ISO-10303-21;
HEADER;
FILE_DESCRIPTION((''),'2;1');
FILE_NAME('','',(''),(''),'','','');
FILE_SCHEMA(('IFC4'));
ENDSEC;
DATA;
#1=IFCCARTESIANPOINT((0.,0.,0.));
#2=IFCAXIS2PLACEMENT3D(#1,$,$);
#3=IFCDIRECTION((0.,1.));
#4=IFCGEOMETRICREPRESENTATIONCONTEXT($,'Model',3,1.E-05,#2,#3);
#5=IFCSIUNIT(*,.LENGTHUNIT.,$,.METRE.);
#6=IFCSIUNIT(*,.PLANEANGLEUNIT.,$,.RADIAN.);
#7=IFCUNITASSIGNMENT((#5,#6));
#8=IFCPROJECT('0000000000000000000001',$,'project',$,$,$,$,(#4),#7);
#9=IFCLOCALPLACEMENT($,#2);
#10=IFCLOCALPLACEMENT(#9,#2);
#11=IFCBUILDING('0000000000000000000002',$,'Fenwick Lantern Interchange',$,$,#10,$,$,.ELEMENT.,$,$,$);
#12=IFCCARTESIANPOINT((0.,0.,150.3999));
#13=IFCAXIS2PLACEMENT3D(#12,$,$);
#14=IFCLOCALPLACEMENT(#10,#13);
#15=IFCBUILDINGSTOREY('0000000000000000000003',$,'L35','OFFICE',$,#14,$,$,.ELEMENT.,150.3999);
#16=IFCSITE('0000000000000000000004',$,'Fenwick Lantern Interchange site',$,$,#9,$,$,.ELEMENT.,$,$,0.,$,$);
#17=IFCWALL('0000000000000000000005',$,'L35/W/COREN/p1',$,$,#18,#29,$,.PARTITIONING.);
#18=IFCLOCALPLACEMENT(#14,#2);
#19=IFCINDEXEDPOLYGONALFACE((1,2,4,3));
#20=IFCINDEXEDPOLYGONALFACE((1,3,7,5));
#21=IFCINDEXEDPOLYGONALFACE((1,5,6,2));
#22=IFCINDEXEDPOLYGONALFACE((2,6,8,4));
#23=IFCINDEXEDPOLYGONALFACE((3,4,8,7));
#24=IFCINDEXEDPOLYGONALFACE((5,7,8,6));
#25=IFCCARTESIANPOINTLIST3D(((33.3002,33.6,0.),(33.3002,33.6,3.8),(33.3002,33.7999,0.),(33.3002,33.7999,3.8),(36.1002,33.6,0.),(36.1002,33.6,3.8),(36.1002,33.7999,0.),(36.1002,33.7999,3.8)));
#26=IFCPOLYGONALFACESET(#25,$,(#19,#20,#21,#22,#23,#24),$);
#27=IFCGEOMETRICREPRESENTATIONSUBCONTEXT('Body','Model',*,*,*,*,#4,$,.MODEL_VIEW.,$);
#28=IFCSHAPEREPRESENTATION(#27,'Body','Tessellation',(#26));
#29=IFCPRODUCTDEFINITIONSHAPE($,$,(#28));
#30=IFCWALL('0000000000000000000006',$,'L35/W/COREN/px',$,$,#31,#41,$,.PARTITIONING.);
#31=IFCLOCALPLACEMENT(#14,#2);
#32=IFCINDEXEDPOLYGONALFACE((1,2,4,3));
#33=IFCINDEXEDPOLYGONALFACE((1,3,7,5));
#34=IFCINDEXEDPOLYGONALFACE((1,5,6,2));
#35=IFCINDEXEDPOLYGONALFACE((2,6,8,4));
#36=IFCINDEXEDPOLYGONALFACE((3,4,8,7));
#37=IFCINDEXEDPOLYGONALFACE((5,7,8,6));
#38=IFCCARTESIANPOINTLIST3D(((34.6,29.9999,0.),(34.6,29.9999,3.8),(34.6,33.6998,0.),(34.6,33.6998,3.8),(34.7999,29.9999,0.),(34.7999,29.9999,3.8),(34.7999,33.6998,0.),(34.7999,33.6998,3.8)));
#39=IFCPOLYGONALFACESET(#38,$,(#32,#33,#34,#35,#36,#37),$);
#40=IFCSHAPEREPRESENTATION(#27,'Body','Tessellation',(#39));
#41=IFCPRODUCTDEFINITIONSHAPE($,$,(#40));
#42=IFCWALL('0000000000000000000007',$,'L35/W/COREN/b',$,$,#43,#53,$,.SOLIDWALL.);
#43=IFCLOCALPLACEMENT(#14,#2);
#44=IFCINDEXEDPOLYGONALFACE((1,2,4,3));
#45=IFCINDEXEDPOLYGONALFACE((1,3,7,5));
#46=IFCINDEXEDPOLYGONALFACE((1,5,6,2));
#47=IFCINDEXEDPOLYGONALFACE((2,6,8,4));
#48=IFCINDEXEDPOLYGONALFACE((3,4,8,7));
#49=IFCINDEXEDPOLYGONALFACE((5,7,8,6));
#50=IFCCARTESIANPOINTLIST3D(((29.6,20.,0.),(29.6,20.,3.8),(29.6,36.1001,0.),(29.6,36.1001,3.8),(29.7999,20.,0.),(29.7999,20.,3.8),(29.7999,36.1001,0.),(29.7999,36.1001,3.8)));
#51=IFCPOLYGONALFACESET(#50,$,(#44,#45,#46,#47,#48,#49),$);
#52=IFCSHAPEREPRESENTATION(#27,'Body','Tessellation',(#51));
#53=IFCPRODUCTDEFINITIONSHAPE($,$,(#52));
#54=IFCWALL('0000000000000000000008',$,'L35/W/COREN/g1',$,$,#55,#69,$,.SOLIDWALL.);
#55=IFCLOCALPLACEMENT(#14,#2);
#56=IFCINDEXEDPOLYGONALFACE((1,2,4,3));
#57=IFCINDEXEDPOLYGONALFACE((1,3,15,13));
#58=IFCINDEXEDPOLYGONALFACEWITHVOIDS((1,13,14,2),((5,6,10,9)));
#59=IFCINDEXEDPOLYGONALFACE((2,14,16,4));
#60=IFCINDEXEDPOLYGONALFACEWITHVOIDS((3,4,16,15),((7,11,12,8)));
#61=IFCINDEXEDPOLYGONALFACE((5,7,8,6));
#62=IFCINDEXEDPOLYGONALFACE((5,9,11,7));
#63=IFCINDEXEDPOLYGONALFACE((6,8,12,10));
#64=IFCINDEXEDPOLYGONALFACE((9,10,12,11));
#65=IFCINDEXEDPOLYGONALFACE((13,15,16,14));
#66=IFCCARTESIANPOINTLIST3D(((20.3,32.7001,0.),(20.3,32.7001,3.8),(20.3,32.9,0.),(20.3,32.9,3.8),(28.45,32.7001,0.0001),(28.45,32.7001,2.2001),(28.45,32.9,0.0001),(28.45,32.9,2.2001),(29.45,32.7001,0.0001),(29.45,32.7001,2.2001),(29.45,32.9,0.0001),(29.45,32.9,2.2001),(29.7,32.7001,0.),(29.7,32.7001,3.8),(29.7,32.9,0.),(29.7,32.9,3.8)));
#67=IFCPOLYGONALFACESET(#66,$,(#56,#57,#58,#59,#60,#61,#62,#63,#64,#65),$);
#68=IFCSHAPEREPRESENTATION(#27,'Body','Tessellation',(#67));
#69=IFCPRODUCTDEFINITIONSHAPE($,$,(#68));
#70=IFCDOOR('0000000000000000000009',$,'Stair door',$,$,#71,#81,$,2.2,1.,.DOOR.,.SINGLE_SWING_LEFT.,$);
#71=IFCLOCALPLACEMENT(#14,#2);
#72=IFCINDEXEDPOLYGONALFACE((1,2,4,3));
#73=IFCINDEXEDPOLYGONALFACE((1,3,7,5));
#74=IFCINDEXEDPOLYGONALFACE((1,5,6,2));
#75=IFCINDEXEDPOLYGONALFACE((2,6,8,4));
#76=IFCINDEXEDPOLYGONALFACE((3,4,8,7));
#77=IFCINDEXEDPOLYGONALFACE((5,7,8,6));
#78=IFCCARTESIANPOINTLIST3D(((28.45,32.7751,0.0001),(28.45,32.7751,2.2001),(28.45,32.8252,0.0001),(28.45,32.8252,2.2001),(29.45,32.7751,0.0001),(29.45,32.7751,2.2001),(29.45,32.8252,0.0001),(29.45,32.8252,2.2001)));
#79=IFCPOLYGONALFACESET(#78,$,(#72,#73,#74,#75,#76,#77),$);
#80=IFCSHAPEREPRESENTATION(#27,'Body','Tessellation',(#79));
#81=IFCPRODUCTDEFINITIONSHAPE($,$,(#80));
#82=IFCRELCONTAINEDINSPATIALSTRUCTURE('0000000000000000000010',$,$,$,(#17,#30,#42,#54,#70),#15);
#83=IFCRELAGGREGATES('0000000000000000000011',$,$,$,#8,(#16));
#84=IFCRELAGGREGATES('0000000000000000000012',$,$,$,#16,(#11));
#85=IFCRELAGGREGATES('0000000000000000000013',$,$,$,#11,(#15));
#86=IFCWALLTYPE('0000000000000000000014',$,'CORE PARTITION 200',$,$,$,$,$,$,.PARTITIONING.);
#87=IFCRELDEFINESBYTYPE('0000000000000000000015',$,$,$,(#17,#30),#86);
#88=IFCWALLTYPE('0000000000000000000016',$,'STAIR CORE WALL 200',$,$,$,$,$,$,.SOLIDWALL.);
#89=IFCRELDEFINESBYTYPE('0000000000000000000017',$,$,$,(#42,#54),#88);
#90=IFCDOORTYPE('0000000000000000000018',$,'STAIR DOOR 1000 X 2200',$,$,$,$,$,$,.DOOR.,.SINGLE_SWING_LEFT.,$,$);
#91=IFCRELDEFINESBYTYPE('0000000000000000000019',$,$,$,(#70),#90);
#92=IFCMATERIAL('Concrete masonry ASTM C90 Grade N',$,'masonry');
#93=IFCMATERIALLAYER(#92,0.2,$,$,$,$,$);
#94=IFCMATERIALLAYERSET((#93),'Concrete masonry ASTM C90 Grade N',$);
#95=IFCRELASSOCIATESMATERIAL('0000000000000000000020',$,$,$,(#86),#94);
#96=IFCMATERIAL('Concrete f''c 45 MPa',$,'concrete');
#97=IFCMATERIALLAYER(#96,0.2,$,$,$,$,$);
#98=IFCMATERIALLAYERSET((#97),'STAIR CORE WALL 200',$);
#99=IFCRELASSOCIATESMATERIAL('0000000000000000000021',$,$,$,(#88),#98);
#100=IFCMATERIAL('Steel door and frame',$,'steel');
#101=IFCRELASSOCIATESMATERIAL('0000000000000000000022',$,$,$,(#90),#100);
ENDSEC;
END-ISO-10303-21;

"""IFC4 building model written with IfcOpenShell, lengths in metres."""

from ifc_helpers import new_model, si_unit, direction, frame, frame_2d, origin, place, context, subcontext, project, spatial, rectangle, extrude, material, layer, layer_set, type_object, element, fill, save


model = new_model("IFC4")

# Units and contexts
model_context = context("Model", 3, precision=1e-05, world=origin(), true_north=direction((0.0, 1.0)))
body_context = subcontext(model_context, "Body", "Model", "MODEL_VIEW")
ifc_project = project(units=[si_unit("LENGTHUNIT", "METRE"), si_unit("PLANEANGLEUNIT", "RADIAN")], contexts=[model_context])

# Site, building, storey
site_placement = place(None, origin())
site = spatial("IfcSite", under=ifc_project, at=site_placement, Name="Fenwick Lantern Interchange site", CompositionType="ELEMENT", RefElevation=0.0)
building_placement = place(site_placement, origin())
building = spatial("IfcBuilding", under=site, at=building_placement, Name="Fenwick Lantern Interchange", CompositionType="ELEMENT")
storey_placement = place(building_placement, frame((0.0, 0.0, 150.3999)))
storey = spatial("IfcBuildingStorey", under=building, at=storey_placement, Name="L35", Description="OFFICE", CompositionType="ELEMENT", Elevation=150.3999)

# Shared definitions
ifc_material_1 = material(Name="Concrete masonry ASTM C90 Grade N", Category="masonry")
ifc_layer_1 = layer(ifc_material_1, 0.2)
ifc_layer_set_1 = layer_set([ifc_layer_1], Name="Concrete masonry ASTM C90 Grade N")
wall_type_1 = type_object("IfcWallType", Name="CORE PARTITION 200", PredefinedType="PARTITIONING", material=ifc_layer_set_1)
ifc_material_2 = material(Name="Steel door and frame", Category="steel")

# Walls
for number, where, z_axis, x_axis, name in (
    (1, (36.1001, 33.7, 0.0), (0.0, 0.0, 1.0), (-1.0, 0.0, 0.0), "L35/W/COREN/p1"),
):
    element("IfcWall", number, at=place(storey_placement, frame(where, z_axis=z_axis, x_axis=x_axis)), inside=storey, type_object=wall_type_1, Name=name, PredefinedType="PARTITIONING", context=body_context, shape_type="SweptSolid", body=[
        extrude(rectangle(XDim=2.8, YDim=0.2, at=frame_2d((1.3999, 0.0))), origin(), (0.0, 0.0, 1.0), 3.8),
    ])
wall_1_placement = place(storey_placement, frame((34.7, 33.7, 0.0), z_axis=(0.0, 0.0, 1.0), x_axis=(0.0, -1.0, 0.0)))
element("IfcWall", 2, at=wall_1_placement, inside=storey, type_object=wall_type_1, Name="L35/W/COREN/px", PredefinedType="PARTITIONING", context=body_context, shape_type="SweptSolid", body=[
    extrude(rectangle(XDim=3.7, YDim=0.2, at=frame_2d((1.8501, 0.0))), origin(), (0.0, 0.0, 1.0), 3.8),
])

# Wall
ifc_material_3 = material(Name="Concrete f'c 45 MPa", Category="concrete")
ifc_layer_2 = layer(ifc_material_3, 0.2)
ifc_layer_set_2 = layer_set([ifc_layer_2], Name="STAIR CORE WALL 200")
wall_type_2 = type_object("IfcWallType", Name="STAIR CORE WALL 200", PredefinedType="SOLIDWALL", material=ifc_layer_set_2)
wall_2_placement = place(storey_placement, frame((29.7, 36.1001, 0.0), z_axis=(0.0, 0.0, 1.0), x_axis=(0.0, -1.0, 0.0)))
element("IfcWall", 3, at=wall_2_placement, inside=storey, type_object=wall_type_2, Name="L35/W/COREN/b", PredefinedType="SOLIDWALL", context=body_context, shape_type="SweptSolid", body=[
    extrude(rectangle(XDim=16.1001, YDim=0.2, at=frame_2d((8.05, 0.0))), origin(), (0.0, 0.0, 1.0), 3.8),
])

# Wall, opening, door
wall_3_placement = place(storey_placement, frame((29.7, 32.8, 0.0), z_axis=(0.0, 0.0, 1.0), x_axis=(-1.0, 0.0, 0.0)))
wall_3 = element("IfcWall", 4, at=wall_3_placement, inside=storey, type_object=wall_type_2, Name="L35/W/COREN/g1", PredefinedType="SOLIDWALL", context=body_context, shape_type="SweptSolid", body=[
    extrude(rectangle(XDim=9.3999, YDim=0.2, at=frame_2d((4.7, 0.0))), origin(), (0.0, 0.0, 1.0), 3.8),
])
opening_1_placement = place(wall_3_placement, frame((0.25, 0.0, 0.0)))
opening_1 = element("IfcOpeningElement", 5, at=opening_1_placement, cuts=wall_3, PredefinedType="OPENING", context=body_context, shape_type="SweptSolid", body=[
    extrude(rectangle(XDim=1.0, YDim=2.2, at=frame_2d((0.5, 1.1001))), frame((0.0, 0.1099, 0.0), z_axis=(0.0, -1.0, 0.0), x_axis=(1.0, 0.0, 0.0)), (0.0, 0.0, 1.0), 0.22),
])
door_type_1 = type_object("IfcDoorType", Name="STAIR DOOR 1000 X 2200", OperationType="SINGLE_SWING_LEFT", PredefinedType="DOOR", material=ifc_material_2)
door_1_placement = place(opening_1_placement, origin())
door_1 = element("IfcDoor", 6, at=door_1_placement, inside=storey, type_object=door_type_1, Name="Stair door", OperationType="SINGLE_SWING_LEFT", OverallHeight=2.2, OverallWidth=1.0, PredefinedType="DOOR", context=body_context, shape_type="SweptSolid", body=[
    extrude(rectangle(XDim=1.0, YDim=2.2, at=frame_2d((0.5, 1.1001))), frame((0.0, 0.0249, 0.0), z_axis=(0.0, -1.0, 0.0), x_axis=(1.0, 0.0, 0.0)), (0.0, 0.0, 1.0), 0.05),
])
fill(opening_1, door_1)

save(model, "model.ifc")
